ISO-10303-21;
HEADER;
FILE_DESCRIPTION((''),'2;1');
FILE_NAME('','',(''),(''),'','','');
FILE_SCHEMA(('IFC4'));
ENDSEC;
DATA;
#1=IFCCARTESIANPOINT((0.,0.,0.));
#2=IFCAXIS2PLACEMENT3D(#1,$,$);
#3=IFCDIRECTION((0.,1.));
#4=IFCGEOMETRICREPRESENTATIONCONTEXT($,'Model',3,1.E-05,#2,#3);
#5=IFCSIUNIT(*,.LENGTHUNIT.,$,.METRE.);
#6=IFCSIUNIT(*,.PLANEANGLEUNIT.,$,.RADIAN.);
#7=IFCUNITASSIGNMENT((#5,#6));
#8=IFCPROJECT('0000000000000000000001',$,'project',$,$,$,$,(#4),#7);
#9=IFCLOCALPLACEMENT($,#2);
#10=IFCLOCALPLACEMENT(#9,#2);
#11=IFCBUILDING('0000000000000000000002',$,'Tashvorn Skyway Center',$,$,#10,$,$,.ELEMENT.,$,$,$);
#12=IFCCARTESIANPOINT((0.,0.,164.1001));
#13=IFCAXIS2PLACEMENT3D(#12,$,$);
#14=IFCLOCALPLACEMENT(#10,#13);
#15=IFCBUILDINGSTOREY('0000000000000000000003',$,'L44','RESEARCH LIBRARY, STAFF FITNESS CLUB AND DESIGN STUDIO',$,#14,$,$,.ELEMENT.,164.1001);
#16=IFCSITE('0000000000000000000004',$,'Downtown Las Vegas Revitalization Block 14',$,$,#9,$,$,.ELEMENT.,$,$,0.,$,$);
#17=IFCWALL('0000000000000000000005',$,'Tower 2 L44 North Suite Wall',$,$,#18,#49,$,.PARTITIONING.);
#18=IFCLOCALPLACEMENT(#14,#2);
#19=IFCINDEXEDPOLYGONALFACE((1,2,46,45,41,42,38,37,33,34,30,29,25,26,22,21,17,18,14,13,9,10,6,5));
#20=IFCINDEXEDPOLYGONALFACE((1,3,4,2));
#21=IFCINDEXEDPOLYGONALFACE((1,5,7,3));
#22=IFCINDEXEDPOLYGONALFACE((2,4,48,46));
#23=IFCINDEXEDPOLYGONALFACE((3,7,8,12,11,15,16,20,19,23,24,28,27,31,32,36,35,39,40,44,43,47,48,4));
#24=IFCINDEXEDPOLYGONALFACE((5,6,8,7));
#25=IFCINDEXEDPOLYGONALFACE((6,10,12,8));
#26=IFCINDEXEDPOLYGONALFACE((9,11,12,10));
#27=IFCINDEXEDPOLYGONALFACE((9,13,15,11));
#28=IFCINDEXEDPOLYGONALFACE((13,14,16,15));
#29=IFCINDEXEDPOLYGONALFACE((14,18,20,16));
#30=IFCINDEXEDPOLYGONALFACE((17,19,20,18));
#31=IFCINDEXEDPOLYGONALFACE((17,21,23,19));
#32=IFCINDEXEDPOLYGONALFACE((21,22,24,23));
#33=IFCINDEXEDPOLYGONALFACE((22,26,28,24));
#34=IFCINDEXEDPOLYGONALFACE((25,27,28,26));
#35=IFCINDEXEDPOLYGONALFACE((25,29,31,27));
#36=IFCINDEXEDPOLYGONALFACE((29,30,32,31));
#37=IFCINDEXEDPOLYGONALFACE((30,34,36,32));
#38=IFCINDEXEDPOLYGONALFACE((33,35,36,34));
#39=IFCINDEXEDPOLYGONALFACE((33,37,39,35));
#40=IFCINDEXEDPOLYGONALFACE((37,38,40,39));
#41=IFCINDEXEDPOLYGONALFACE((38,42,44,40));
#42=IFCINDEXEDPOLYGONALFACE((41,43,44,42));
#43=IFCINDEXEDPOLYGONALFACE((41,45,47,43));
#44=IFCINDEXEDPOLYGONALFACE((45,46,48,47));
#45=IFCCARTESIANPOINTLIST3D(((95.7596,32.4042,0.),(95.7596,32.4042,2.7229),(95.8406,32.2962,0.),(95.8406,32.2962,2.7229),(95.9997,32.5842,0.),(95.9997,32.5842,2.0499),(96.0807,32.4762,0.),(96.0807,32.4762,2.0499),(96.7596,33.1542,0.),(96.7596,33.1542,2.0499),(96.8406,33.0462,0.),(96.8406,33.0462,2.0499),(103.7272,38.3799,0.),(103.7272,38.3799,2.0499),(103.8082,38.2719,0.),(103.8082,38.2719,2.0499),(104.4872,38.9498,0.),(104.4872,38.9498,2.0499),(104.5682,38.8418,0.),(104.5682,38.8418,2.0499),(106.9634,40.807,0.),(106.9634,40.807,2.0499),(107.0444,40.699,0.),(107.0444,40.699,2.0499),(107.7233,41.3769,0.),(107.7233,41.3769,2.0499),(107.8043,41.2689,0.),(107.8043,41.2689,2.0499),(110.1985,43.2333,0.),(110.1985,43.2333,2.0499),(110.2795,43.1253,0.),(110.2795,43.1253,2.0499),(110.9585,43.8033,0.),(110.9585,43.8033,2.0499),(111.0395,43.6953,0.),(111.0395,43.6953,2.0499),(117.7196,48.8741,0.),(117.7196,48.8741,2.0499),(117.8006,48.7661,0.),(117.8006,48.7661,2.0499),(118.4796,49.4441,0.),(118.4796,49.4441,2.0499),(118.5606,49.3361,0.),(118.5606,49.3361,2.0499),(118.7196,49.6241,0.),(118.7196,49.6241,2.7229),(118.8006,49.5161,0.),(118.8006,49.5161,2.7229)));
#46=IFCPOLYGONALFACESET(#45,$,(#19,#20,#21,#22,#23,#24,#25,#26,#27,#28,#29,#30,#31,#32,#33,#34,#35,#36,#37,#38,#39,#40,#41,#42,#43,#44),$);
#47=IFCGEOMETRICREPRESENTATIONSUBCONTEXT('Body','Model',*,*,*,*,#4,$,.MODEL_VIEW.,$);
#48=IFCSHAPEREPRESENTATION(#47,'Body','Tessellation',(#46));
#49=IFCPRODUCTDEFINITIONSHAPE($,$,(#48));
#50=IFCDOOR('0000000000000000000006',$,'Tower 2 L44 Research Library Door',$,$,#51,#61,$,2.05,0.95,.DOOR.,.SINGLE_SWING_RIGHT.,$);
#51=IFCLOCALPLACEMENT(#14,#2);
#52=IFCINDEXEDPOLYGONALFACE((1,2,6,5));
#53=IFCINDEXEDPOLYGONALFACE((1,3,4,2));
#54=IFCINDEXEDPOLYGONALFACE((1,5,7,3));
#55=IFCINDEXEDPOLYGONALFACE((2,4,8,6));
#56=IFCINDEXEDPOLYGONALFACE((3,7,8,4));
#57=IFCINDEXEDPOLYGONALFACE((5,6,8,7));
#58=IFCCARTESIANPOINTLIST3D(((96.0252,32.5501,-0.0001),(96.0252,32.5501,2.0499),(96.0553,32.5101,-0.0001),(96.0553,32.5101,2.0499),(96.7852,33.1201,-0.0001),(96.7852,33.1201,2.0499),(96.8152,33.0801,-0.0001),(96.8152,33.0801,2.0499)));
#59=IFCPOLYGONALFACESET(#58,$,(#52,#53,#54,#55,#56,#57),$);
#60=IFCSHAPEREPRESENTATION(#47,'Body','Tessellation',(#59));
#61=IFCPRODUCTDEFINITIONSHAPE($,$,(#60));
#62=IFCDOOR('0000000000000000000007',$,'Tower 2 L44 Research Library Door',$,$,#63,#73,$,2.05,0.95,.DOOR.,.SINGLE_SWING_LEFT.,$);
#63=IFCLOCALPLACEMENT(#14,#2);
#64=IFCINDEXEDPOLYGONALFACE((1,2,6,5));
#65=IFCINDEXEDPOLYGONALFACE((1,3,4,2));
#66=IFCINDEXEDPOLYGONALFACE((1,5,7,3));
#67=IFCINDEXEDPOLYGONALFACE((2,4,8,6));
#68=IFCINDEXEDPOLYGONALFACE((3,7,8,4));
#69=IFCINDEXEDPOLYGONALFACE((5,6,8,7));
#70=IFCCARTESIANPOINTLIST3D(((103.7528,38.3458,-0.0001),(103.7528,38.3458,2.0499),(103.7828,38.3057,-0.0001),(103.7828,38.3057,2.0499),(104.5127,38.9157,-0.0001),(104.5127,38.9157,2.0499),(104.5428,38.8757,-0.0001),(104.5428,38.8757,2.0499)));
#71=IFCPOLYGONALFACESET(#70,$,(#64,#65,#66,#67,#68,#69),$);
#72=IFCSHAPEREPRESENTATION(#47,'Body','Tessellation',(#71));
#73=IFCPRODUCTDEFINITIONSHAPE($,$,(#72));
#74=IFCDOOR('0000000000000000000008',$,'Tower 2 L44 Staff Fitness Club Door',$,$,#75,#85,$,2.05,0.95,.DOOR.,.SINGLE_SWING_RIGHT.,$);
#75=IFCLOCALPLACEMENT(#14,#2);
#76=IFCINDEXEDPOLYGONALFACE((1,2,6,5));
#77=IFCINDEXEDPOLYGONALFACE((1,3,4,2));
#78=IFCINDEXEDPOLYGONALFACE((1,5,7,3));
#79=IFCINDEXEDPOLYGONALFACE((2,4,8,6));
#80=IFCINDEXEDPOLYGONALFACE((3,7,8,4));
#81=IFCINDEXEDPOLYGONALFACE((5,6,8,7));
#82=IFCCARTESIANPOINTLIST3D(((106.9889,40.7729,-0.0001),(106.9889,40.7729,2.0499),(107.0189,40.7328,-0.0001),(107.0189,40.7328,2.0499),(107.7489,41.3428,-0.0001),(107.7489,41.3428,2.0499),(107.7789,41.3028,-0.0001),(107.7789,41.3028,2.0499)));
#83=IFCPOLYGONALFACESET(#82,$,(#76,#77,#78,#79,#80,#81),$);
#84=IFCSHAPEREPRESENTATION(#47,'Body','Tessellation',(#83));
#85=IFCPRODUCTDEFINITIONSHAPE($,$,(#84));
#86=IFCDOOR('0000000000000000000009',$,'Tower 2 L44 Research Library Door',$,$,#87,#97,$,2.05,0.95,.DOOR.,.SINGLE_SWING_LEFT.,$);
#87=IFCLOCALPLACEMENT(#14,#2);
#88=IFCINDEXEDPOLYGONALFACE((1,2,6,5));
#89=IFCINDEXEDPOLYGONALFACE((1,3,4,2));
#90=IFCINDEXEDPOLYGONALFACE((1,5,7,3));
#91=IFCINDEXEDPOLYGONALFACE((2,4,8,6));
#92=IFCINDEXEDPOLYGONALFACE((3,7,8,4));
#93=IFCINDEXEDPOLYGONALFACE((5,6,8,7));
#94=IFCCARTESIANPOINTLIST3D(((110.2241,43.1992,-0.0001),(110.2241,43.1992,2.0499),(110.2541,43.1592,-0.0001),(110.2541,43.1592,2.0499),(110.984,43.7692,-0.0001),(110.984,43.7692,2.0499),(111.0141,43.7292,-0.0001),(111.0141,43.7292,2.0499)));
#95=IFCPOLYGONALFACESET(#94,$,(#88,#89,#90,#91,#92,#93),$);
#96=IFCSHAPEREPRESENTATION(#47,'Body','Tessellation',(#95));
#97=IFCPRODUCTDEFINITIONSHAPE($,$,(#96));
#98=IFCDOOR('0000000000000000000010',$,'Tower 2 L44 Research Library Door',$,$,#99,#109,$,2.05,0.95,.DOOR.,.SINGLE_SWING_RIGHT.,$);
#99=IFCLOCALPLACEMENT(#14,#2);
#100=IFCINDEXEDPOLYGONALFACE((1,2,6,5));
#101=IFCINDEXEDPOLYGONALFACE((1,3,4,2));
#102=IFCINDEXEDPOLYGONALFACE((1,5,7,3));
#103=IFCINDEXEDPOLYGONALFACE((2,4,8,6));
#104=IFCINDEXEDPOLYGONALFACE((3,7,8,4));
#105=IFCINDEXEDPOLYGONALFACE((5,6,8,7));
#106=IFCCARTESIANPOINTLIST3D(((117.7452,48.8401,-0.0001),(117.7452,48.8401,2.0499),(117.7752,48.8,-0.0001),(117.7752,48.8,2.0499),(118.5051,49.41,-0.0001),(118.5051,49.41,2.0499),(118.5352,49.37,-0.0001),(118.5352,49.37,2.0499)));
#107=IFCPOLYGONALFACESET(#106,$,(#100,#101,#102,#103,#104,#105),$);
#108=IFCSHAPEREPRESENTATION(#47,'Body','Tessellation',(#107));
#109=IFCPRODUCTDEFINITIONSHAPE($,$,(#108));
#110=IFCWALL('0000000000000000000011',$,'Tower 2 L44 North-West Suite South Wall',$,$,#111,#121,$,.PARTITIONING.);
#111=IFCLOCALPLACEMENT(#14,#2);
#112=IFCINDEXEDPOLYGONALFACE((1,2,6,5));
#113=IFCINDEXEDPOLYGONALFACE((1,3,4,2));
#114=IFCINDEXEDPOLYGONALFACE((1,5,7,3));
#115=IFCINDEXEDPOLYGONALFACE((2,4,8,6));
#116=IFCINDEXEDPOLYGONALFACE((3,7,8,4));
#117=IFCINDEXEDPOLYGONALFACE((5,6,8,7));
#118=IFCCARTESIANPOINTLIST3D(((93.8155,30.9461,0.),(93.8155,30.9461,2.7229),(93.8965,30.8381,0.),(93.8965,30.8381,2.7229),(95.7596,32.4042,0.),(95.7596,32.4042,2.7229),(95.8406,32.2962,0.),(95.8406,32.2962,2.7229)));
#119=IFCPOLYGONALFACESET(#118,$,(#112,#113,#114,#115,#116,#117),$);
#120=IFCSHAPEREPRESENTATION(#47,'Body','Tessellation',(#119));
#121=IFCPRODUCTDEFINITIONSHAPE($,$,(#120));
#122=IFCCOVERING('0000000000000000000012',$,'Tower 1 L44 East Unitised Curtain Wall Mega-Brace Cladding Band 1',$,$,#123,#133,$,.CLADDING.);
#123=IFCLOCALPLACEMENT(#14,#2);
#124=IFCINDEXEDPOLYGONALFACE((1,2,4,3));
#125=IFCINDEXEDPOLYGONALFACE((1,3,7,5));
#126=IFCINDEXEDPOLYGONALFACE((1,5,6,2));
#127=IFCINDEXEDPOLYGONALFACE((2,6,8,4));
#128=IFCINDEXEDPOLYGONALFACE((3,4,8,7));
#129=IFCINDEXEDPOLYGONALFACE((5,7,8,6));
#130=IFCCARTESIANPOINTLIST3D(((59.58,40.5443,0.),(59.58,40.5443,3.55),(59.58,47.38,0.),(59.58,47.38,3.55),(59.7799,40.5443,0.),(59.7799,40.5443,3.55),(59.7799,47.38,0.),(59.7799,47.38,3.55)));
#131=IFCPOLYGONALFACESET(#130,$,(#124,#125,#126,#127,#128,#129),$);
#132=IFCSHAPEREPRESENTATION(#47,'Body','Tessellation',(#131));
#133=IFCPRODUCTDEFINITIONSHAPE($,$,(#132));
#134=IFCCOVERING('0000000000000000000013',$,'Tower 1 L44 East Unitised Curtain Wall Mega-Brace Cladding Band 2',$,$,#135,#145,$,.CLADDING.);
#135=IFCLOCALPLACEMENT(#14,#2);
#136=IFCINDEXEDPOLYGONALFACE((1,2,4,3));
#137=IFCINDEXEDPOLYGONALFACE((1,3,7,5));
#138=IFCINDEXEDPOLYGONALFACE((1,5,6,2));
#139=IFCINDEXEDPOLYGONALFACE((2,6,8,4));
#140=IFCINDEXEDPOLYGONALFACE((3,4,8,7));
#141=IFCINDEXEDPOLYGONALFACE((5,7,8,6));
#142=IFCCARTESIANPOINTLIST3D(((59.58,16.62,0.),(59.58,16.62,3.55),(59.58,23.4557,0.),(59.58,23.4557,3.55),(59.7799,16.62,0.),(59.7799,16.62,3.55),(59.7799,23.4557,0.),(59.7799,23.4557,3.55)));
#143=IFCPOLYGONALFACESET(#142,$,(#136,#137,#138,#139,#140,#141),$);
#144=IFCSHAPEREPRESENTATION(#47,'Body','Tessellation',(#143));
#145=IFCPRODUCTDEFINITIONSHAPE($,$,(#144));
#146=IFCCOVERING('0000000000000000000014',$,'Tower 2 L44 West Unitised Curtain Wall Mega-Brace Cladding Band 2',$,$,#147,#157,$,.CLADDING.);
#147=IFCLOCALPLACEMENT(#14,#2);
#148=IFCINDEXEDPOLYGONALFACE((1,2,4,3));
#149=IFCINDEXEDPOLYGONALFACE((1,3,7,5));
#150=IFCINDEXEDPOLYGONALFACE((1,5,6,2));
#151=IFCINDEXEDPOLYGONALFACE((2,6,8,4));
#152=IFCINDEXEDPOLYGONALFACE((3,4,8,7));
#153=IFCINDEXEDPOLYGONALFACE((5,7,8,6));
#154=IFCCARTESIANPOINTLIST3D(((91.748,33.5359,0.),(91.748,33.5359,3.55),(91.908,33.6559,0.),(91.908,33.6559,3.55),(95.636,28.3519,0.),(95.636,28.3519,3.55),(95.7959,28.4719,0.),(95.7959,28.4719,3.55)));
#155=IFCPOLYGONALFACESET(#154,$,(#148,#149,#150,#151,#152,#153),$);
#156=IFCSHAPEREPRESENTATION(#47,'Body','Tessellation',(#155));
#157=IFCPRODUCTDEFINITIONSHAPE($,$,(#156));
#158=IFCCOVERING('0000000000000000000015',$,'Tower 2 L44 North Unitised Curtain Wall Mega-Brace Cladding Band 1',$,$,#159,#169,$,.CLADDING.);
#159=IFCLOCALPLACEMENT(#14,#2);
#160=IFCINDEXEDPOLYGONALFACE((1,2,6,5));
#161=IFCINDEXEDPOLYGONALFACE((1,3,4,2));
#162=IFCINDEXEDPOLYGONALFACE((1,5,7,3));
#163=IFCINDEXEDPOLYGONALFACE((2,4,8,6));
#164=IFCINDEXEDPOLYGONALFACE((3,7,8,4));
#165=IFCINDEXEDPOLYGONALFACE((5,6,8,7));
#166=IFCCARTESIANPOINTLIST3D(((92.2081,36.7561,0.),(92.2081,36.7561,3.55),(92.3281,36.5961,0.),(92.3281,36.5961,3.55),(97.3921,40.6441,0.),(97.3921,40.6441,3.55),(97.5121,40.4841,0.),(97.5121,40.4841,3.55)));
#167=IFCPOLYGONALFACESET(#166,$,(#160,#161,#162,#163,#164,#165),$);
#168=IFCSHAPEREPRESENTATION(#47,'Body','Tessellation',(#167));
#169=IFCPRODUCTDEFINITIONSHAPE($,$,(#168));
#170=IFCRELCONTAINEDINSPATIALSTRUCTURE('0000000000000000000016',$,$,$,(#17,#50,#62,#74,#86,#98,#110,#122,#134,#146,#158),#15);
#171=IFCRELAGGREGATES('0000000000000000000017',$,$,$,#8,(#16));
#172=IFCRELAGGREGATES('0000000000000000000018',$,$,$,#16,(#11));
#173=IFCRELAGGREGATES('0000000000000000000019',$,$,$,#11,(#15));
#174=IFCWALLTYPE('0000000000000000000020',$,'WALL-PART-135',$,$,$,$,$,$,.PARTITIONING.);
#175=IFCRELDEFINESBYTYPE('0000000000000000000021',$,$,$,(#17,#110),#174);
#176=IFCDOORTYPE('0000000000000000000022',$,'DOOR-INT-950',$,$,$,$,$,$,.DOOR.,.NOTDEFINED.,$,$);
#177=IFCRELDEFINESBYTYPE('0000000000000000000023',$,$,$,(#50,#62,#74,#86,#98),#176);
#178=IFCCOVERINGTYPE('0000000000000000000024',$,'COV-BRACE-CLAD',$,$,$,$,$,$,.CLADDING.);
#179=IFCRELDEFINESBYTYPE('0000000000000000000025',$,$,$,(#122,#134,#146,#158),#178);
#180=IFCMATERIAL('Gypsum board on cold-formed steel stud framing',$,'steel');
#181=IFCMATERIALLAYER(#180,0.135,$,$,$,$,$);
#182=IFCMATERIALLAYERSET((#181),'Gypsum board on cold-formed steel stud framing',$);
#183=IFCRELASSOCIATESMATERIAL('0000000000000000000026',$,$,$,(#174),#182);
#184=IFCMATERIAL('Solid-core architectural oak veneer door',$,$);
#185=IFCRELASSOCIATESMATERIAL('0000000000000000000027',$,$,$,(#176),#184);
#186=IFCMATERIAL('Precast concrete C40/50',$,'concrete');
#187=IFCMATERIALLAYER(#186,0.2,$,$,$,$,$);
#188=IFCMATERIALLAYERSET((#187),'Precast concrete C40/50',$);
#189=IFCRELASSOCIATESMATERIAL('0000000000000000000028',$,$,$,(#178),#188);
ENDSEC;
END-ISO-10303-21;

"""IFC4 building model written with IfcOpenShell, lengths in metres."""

from ifc_helpers import new_model, si_unit, direction, frame, frame_2d, origin, origin_2d, place, context, subcontext, project, spatial, rectangle, extrude, material, layer, layer_set, type_object, element, fill, save


model = new_model("IFC4")

# Units and contexts
model_context = context("Model", 3, precision=1e-05, world=origin(), true_north=direction((0.0, 1.0)))
body_context = subcontext(model_context, "Body", "Model", "MODEL_VIEW")
ifc_project = project(units=[si_unit("LENGTHUNIT", "METRE"), si_unit("PLANEANGLEUNIT", "RADIAN")], contexts=[model_context])

# Site, building, storey
site_placement = place(None, origin())
site = spatial("IfcSite", under=ifc_project, at=site_placement, Name="Downtown Las Vegas Revitalization Block 14", CompositionType="ELEMENT", RefElevation=0.0)
building_placement = place(site_placement, origin())
building = spatial("IfcBuilding", under=site, at=building_placement, Name="Tashvorn Skyway Center", CompositionType="ELEMENT")
storey_placement = place(building_placement, frame((0.0, 0.0, 164.1001)))
storey = spatial("IfcBuildingStorey", under=building, at=storey_placement, Name="L44", Description="RESEARCH LIBRARY, STAFF FITNESS CLUB AND DESIGN STUDIO", CompositionType="ELEMENT", Elevation=164.1001)

# Shared definitions
ifc_material_1 = material(Name="Precast concrete C40/50", Category="concrete")

# Shared definitions
ifc_material_2 = material(Name="Gypsum board on cold-formed steel stud framing", Category="steel")
ifc_layer_1 = layer(ifc_material_2, 0.135)
ifc_layer_set_1 = layer_set([ifc_layer_1], Name="Gypsum board on cold-formed steel stud framing")
wall_type_1 = type_object("IfcWallType", Name="WALL-PART-135", PredefinedType="PARTITIONING", material=ifc_layer_set_1)
ifc_material_3 = material(Name="Solid-core architectural oak veneer door")
door_type = type_object("IfcDoorType", Name="DOOR-INT-950", OperationType="NOTDEFINED", PredefinedType="DOOR", material=ifc_material_3)

# Wall, openings, doors
wall_1_placement = place(storey_placement, frame((95.8, 32.3501, 0.0), z_axis=(0.0, 0.0, 1.0), x_axis=(0.8, 0.6, 0.0)))
wall_1 = element("IfcWall", 1, at=wall_1_placement, inside=storey, type_object=wall_type_1, Name="Tower 2 L44 North Suite Wall", PredefinedType="PARTITIONING", context=body_context, shape_type="SweptSolid", body=[
    extrude(rectangle(XDim=28.7, YDim=0.135, at=frame_2d((14.3501, 0.0))), origin(), (0.0, 0.0, 1.0), 2.7229),
])
opening_1_placement = place(wall_1_placement, frame((0.3, 0.0, 0.0)))
opening_1 = element("IfcOpeningElement", 2, at=opening_1_placement, cuts=wall_1, PredefinedType="OPENING", context=body_context, shape_type="SweptSolid", body=[
    extrude(rectangle(XDim=0.95, YDim=2.05, at=frame_2d((0.4751, 1.0249))), frame((0.0, 0.0774, 0.0), z_axis=(0.0, -1.0, 0.0), x_axis=(1.0, 0.0, 0.0)), (0.0, 0.0, 1.0), 0.155),
])
opening_2_placement = place(wall_1_placement, frame((9.9595, 0.0, 0.0)))
opening_2 = element("IfcOpeningElement", 3, at=opening_2_placement, cuts=wall_1, PredefinedType="OPENING", context=body_context, shape_type="SweptSolid", body=[
    extrude(rectangle(XDim=0.95, YDim=2.05, at=frame_2d((0.4751, 1.0249))), frame((0.0, 0.0774, 0.0), z_axis=(0.0, -1.0, 0.0), x_axis=(1.0, 0.0, 0.0)), (0.0, 0.0, 1.0), 0.155),
])
opening_3_placement = place(wall_1_placement, frame((14.0046, 0.0, 0.0)))
opening_3 = element("IfcOpeningElement", 4, at=opening_3_placement, cuts=wall_1, PredefinedType="OPENING", context=body_context, shape_type="SweptSolid", body=[
    extrude(rectangle(XDim=0.95, YDim=2.05, at=frame_2d((0.4751, 1.0249))), frame((0.0, 0.0774, 0.0), z_axis=(0.0, -1.0, 0.0), x_axis=(1.0, 0.0, 0.0)), (0.0, 0.0, 1.0), 0.155),
])
opening_4_placement = place(wall_1_placement, frame((18.0486, 0.0, 0.0)))
opening_4 = element("IfcOpeningElement", 5, at=opening_4_placement, cuts=wall_1, PredefinedType="OPENING", context=body_context, shape_type="SweptSolid", body=[
    extrude(rectangle(XDim=0.95, YDim=2.05, at=frame_2d((0.4751, 1.0249))), frame((0.0, 0.0774, 0.0), z_axis=(0.0, -1.0, 0.0), x_axis=(1.0, 0.0, 0.0)), (0.0, 0.0, 1.0), 0.155),
])
opening_5_placement = place(wall_1_placement, frame((27.45, 0.0, 0.0)))
opening_5 = element("IfcOpeningElement", 6, at=opening_5_placement, cuts=wall_1, PredefinedType="OPENING", context=body_context, shape_type="SweptSolid", body=[
    extrude(rectangle(XDim=0.95, YDim=2.05, at=frame_2d((0.4751, 1.0249))), frame((0.0, 0.0774, 0.0), z_axis=(0.0, -1.0, 0.0), x_axis=(1.0, 0.0, 0.0)), (0.0, 0.0, 1.0), 0.155),
])
door_1_placement = place(opening_1_placement, origin())
door_1 = element("IfcDoor", 7, at=door_1_placement, inside=storey, type_object=door_type, Name="Tower 2 L44 Research Library Door", OperationType="SINGLE_SWING_RIGHT", OverallHeight=2.05, OverallWidth=0.95, PredefinedType="DOOR", context=body_context, shape_type="SweptSolid", body=[
    extrude(rectangle(XDim=0.95, YDim=2.05, at=frame_2d((0.4751, 1.0249))), frame((0.0, 0.0249, 0.0), z_axis=(0.0, -1.0, 0.0), x_axis=(1.0, 0.0, 0.0)), (0.0, 0.0, 1.0), 0.05),
])
fill(opening_1, door_1)
door_2_placement = place(opening_2_placement, origin())
door_2 = element("IfcDoor", 8, at=door_2_placement, inside=storey, type_object=door_type, Name="Tower 2 L44 Research Library Door", OperationType="SINGLE_SWING_LEFT", OverallHeight=2.05, OverallWidth=0.95, PredefinedType="DOOR", context=body_context, shape_type="SweptSolid", body=[
    extrude(rectangle(XDim=0.95, YDim=2.05, at=frame_2d((0.4751, 1.0249))), frame((0.0, 0.0249, 0.0), z_axis=(0.0, -1.0, 0.0), x_axis=(1.0, 0.0, 0.0)), (0.0, 0.0, 1.0), 0.05),
])
fill(opening_2, door_2)
door_3_placement = place(opening_3_placement, origin())
door_3 = element("IfcDoor", 9, at=door_3_placement, inside=storey, type_object=door_type, Name="Tower 2 L44 Staff Fitness Club Door", OperationType="SINGLE_SWING_RIGHT", OverallHeight=2.05, OverallWidth=0.95, PredefinedType="DOOR", context=body_context, shape_type="SweptSolid", body=[
    extrude(rectangle(XDim=0.95, YDim=2.05, at=frame_2d((0.4751, 1.0249))), frame((0.0, 0.0249, 0.0), z_axis=(0.0, -1.0, 0.0), x_axis=(1.0, 0.0, 0.0)), (0.0, 0.0, 1.0), 0.05),
])
fill(opening_3, door_3)
door_4_placement = place(opening_4_placement, origin())
door_4 = element("IfcDoor", 10, at=door_4_placement, inside=storey, type_object=door_type, Name="Tower 2 L44 Research Library Door", OperationType="SINGLE_SWING_LEFT", OverallHeight=2.05, OverallWidth=0.95, PredefinedType="DOOR", context=body_context, shape_type="SweptSolid", body=[
    extrude(rectangle(XDim=0.95, YDim=2.05, at=frame_2d((0.4751, 1.0249))), frame((0.0, 0.0249, 0.0), z_axis=(0.0, -1.0, 0.0), x_axis=(1.0, 0.0, 0.0)), (0.0, 0.0, 1.0), 0.05),
])
fill(opening_4, door_4)
door_5_placement = place(opening_5_placement, origin())
door_5 = element("IfcDoor", 11, at=door_5_placement, inside=storey, type_object=door_type, Name="Tower 2 L44 Research Library Door", OperationType="SINGLE_SWING_RIGHT", OverallHeight=2.05, OverallWidth=0.95, PredefinedType="DOOR", context=body_context, shape_type="SweptSolid", body=[
    extrude(rectangle(XDim=0.95, YDim=2.05, at=frame_2d((0.4751, 1.0249))), frame((0.0, 0.0249, 0.0), z_axis=(0.0, -1.0, 0.0), x_axis=(1.0, 0.0, 0.0)), (0.0, 0.0, 1.0), 0.05),
])
fill(opening_5, door_5)

# Wall
wall_2_placement = place(storey_placement, frame((93.856, 30.8921, 0.0), z_axis=(0.0, 0.0, 1.0), x_axis=(0.800012, 0.599984, 0.0)))
element("IfcWall", 12, at=wall_2_placement, inside=storey, type_object=wall_type_1, Name="Tower 2 L44 North-West Suite South Wall", PredefinedType="PARTITIONING", context=body_context, shape_type="SweptSolid", body=[
    extrude(rectangle(XDim=2.4302, YDim=0.135, at=frame_2d((1.2151, 0.0))), origin(), (0.0, 0.0, 1.0), 2.7229),
])

# Coverings
ifc_layer_2 = layer(ifc_material_1, 0.2)
ifc_layer_set_2 = layer_set([ifc_layer_2], Name="Precast concrete C40/50")
covering_type_1 = type_object("IfcCoveringType", Name="COV-BRACE-CLAD", PredefinedType="CLADDING", material=ifc_layer_set_2)
for number, where, z_axis, x_axis, name in (
    (13, (59.6799, 43.9622, 0.0), (0.0, 0.0, 1.0), (0.0, -1.0, 0.0), "Tower 1 L44 East Unitised Curtain Wall Mega-Brace Cladding Band 1"),
    (14, (59.6799, 20.0378, 0.0), (0.0, 0.0, 1.0), (0.0, -1.0, 0.0), "Tower 1 L44 East Unitised Curtain Wall Mega-Brace Cladding Band 2"),
):
    element("IfcCovering", number, at=place(storey_placement, frame(where, z_axis=z_axis, x_axis=x_axis)), inside=storey, type_object=covering_type_1, Name=name, PredefinedType="CLADDING", context=body_context, shape_type="SweptSolid", body=[
        extrude(rectangle(XDim=6.8357, YDim=0.2, at=origin_2d()), origin(), (0.0, 0.0, 1.0), 3.55),
    ])
for number, where, z_axis, x_axis, name in (
    (15, (93.772, 31.0039, 0.0), (0.0, 0.0, 1.0), (-0.6, 0.8, 0.0), "Tower 2 L44 West Unitised Curtain Wall Mega-Brace Cladding Band 2"),
    (16, (94.8601, 38.6201, 0.0), (0.0, 0.0, 1.0), (0.8, 0.6, 0.0), "Tower 2 L44 North Unitised Curtain Wall Mega-Brace Cladding Band 1"),
):
    element("IfcCovering", number, at=place(storey_placement, frame(where, z_axis=z_axis, x_axis=x_axis)), inside=storey, type_object=covering_type_1, Name=name, PredefinedType="CLADDING", context=body_context, shape_type="SweptSolid", body=[
        extrude(rectangle(XDim=6.48, YDim=0.2, at=origin_2d()), origin(), (0.0, 0.0, 1.0), 3.55),
    ])

save(model, "model.ifc")
